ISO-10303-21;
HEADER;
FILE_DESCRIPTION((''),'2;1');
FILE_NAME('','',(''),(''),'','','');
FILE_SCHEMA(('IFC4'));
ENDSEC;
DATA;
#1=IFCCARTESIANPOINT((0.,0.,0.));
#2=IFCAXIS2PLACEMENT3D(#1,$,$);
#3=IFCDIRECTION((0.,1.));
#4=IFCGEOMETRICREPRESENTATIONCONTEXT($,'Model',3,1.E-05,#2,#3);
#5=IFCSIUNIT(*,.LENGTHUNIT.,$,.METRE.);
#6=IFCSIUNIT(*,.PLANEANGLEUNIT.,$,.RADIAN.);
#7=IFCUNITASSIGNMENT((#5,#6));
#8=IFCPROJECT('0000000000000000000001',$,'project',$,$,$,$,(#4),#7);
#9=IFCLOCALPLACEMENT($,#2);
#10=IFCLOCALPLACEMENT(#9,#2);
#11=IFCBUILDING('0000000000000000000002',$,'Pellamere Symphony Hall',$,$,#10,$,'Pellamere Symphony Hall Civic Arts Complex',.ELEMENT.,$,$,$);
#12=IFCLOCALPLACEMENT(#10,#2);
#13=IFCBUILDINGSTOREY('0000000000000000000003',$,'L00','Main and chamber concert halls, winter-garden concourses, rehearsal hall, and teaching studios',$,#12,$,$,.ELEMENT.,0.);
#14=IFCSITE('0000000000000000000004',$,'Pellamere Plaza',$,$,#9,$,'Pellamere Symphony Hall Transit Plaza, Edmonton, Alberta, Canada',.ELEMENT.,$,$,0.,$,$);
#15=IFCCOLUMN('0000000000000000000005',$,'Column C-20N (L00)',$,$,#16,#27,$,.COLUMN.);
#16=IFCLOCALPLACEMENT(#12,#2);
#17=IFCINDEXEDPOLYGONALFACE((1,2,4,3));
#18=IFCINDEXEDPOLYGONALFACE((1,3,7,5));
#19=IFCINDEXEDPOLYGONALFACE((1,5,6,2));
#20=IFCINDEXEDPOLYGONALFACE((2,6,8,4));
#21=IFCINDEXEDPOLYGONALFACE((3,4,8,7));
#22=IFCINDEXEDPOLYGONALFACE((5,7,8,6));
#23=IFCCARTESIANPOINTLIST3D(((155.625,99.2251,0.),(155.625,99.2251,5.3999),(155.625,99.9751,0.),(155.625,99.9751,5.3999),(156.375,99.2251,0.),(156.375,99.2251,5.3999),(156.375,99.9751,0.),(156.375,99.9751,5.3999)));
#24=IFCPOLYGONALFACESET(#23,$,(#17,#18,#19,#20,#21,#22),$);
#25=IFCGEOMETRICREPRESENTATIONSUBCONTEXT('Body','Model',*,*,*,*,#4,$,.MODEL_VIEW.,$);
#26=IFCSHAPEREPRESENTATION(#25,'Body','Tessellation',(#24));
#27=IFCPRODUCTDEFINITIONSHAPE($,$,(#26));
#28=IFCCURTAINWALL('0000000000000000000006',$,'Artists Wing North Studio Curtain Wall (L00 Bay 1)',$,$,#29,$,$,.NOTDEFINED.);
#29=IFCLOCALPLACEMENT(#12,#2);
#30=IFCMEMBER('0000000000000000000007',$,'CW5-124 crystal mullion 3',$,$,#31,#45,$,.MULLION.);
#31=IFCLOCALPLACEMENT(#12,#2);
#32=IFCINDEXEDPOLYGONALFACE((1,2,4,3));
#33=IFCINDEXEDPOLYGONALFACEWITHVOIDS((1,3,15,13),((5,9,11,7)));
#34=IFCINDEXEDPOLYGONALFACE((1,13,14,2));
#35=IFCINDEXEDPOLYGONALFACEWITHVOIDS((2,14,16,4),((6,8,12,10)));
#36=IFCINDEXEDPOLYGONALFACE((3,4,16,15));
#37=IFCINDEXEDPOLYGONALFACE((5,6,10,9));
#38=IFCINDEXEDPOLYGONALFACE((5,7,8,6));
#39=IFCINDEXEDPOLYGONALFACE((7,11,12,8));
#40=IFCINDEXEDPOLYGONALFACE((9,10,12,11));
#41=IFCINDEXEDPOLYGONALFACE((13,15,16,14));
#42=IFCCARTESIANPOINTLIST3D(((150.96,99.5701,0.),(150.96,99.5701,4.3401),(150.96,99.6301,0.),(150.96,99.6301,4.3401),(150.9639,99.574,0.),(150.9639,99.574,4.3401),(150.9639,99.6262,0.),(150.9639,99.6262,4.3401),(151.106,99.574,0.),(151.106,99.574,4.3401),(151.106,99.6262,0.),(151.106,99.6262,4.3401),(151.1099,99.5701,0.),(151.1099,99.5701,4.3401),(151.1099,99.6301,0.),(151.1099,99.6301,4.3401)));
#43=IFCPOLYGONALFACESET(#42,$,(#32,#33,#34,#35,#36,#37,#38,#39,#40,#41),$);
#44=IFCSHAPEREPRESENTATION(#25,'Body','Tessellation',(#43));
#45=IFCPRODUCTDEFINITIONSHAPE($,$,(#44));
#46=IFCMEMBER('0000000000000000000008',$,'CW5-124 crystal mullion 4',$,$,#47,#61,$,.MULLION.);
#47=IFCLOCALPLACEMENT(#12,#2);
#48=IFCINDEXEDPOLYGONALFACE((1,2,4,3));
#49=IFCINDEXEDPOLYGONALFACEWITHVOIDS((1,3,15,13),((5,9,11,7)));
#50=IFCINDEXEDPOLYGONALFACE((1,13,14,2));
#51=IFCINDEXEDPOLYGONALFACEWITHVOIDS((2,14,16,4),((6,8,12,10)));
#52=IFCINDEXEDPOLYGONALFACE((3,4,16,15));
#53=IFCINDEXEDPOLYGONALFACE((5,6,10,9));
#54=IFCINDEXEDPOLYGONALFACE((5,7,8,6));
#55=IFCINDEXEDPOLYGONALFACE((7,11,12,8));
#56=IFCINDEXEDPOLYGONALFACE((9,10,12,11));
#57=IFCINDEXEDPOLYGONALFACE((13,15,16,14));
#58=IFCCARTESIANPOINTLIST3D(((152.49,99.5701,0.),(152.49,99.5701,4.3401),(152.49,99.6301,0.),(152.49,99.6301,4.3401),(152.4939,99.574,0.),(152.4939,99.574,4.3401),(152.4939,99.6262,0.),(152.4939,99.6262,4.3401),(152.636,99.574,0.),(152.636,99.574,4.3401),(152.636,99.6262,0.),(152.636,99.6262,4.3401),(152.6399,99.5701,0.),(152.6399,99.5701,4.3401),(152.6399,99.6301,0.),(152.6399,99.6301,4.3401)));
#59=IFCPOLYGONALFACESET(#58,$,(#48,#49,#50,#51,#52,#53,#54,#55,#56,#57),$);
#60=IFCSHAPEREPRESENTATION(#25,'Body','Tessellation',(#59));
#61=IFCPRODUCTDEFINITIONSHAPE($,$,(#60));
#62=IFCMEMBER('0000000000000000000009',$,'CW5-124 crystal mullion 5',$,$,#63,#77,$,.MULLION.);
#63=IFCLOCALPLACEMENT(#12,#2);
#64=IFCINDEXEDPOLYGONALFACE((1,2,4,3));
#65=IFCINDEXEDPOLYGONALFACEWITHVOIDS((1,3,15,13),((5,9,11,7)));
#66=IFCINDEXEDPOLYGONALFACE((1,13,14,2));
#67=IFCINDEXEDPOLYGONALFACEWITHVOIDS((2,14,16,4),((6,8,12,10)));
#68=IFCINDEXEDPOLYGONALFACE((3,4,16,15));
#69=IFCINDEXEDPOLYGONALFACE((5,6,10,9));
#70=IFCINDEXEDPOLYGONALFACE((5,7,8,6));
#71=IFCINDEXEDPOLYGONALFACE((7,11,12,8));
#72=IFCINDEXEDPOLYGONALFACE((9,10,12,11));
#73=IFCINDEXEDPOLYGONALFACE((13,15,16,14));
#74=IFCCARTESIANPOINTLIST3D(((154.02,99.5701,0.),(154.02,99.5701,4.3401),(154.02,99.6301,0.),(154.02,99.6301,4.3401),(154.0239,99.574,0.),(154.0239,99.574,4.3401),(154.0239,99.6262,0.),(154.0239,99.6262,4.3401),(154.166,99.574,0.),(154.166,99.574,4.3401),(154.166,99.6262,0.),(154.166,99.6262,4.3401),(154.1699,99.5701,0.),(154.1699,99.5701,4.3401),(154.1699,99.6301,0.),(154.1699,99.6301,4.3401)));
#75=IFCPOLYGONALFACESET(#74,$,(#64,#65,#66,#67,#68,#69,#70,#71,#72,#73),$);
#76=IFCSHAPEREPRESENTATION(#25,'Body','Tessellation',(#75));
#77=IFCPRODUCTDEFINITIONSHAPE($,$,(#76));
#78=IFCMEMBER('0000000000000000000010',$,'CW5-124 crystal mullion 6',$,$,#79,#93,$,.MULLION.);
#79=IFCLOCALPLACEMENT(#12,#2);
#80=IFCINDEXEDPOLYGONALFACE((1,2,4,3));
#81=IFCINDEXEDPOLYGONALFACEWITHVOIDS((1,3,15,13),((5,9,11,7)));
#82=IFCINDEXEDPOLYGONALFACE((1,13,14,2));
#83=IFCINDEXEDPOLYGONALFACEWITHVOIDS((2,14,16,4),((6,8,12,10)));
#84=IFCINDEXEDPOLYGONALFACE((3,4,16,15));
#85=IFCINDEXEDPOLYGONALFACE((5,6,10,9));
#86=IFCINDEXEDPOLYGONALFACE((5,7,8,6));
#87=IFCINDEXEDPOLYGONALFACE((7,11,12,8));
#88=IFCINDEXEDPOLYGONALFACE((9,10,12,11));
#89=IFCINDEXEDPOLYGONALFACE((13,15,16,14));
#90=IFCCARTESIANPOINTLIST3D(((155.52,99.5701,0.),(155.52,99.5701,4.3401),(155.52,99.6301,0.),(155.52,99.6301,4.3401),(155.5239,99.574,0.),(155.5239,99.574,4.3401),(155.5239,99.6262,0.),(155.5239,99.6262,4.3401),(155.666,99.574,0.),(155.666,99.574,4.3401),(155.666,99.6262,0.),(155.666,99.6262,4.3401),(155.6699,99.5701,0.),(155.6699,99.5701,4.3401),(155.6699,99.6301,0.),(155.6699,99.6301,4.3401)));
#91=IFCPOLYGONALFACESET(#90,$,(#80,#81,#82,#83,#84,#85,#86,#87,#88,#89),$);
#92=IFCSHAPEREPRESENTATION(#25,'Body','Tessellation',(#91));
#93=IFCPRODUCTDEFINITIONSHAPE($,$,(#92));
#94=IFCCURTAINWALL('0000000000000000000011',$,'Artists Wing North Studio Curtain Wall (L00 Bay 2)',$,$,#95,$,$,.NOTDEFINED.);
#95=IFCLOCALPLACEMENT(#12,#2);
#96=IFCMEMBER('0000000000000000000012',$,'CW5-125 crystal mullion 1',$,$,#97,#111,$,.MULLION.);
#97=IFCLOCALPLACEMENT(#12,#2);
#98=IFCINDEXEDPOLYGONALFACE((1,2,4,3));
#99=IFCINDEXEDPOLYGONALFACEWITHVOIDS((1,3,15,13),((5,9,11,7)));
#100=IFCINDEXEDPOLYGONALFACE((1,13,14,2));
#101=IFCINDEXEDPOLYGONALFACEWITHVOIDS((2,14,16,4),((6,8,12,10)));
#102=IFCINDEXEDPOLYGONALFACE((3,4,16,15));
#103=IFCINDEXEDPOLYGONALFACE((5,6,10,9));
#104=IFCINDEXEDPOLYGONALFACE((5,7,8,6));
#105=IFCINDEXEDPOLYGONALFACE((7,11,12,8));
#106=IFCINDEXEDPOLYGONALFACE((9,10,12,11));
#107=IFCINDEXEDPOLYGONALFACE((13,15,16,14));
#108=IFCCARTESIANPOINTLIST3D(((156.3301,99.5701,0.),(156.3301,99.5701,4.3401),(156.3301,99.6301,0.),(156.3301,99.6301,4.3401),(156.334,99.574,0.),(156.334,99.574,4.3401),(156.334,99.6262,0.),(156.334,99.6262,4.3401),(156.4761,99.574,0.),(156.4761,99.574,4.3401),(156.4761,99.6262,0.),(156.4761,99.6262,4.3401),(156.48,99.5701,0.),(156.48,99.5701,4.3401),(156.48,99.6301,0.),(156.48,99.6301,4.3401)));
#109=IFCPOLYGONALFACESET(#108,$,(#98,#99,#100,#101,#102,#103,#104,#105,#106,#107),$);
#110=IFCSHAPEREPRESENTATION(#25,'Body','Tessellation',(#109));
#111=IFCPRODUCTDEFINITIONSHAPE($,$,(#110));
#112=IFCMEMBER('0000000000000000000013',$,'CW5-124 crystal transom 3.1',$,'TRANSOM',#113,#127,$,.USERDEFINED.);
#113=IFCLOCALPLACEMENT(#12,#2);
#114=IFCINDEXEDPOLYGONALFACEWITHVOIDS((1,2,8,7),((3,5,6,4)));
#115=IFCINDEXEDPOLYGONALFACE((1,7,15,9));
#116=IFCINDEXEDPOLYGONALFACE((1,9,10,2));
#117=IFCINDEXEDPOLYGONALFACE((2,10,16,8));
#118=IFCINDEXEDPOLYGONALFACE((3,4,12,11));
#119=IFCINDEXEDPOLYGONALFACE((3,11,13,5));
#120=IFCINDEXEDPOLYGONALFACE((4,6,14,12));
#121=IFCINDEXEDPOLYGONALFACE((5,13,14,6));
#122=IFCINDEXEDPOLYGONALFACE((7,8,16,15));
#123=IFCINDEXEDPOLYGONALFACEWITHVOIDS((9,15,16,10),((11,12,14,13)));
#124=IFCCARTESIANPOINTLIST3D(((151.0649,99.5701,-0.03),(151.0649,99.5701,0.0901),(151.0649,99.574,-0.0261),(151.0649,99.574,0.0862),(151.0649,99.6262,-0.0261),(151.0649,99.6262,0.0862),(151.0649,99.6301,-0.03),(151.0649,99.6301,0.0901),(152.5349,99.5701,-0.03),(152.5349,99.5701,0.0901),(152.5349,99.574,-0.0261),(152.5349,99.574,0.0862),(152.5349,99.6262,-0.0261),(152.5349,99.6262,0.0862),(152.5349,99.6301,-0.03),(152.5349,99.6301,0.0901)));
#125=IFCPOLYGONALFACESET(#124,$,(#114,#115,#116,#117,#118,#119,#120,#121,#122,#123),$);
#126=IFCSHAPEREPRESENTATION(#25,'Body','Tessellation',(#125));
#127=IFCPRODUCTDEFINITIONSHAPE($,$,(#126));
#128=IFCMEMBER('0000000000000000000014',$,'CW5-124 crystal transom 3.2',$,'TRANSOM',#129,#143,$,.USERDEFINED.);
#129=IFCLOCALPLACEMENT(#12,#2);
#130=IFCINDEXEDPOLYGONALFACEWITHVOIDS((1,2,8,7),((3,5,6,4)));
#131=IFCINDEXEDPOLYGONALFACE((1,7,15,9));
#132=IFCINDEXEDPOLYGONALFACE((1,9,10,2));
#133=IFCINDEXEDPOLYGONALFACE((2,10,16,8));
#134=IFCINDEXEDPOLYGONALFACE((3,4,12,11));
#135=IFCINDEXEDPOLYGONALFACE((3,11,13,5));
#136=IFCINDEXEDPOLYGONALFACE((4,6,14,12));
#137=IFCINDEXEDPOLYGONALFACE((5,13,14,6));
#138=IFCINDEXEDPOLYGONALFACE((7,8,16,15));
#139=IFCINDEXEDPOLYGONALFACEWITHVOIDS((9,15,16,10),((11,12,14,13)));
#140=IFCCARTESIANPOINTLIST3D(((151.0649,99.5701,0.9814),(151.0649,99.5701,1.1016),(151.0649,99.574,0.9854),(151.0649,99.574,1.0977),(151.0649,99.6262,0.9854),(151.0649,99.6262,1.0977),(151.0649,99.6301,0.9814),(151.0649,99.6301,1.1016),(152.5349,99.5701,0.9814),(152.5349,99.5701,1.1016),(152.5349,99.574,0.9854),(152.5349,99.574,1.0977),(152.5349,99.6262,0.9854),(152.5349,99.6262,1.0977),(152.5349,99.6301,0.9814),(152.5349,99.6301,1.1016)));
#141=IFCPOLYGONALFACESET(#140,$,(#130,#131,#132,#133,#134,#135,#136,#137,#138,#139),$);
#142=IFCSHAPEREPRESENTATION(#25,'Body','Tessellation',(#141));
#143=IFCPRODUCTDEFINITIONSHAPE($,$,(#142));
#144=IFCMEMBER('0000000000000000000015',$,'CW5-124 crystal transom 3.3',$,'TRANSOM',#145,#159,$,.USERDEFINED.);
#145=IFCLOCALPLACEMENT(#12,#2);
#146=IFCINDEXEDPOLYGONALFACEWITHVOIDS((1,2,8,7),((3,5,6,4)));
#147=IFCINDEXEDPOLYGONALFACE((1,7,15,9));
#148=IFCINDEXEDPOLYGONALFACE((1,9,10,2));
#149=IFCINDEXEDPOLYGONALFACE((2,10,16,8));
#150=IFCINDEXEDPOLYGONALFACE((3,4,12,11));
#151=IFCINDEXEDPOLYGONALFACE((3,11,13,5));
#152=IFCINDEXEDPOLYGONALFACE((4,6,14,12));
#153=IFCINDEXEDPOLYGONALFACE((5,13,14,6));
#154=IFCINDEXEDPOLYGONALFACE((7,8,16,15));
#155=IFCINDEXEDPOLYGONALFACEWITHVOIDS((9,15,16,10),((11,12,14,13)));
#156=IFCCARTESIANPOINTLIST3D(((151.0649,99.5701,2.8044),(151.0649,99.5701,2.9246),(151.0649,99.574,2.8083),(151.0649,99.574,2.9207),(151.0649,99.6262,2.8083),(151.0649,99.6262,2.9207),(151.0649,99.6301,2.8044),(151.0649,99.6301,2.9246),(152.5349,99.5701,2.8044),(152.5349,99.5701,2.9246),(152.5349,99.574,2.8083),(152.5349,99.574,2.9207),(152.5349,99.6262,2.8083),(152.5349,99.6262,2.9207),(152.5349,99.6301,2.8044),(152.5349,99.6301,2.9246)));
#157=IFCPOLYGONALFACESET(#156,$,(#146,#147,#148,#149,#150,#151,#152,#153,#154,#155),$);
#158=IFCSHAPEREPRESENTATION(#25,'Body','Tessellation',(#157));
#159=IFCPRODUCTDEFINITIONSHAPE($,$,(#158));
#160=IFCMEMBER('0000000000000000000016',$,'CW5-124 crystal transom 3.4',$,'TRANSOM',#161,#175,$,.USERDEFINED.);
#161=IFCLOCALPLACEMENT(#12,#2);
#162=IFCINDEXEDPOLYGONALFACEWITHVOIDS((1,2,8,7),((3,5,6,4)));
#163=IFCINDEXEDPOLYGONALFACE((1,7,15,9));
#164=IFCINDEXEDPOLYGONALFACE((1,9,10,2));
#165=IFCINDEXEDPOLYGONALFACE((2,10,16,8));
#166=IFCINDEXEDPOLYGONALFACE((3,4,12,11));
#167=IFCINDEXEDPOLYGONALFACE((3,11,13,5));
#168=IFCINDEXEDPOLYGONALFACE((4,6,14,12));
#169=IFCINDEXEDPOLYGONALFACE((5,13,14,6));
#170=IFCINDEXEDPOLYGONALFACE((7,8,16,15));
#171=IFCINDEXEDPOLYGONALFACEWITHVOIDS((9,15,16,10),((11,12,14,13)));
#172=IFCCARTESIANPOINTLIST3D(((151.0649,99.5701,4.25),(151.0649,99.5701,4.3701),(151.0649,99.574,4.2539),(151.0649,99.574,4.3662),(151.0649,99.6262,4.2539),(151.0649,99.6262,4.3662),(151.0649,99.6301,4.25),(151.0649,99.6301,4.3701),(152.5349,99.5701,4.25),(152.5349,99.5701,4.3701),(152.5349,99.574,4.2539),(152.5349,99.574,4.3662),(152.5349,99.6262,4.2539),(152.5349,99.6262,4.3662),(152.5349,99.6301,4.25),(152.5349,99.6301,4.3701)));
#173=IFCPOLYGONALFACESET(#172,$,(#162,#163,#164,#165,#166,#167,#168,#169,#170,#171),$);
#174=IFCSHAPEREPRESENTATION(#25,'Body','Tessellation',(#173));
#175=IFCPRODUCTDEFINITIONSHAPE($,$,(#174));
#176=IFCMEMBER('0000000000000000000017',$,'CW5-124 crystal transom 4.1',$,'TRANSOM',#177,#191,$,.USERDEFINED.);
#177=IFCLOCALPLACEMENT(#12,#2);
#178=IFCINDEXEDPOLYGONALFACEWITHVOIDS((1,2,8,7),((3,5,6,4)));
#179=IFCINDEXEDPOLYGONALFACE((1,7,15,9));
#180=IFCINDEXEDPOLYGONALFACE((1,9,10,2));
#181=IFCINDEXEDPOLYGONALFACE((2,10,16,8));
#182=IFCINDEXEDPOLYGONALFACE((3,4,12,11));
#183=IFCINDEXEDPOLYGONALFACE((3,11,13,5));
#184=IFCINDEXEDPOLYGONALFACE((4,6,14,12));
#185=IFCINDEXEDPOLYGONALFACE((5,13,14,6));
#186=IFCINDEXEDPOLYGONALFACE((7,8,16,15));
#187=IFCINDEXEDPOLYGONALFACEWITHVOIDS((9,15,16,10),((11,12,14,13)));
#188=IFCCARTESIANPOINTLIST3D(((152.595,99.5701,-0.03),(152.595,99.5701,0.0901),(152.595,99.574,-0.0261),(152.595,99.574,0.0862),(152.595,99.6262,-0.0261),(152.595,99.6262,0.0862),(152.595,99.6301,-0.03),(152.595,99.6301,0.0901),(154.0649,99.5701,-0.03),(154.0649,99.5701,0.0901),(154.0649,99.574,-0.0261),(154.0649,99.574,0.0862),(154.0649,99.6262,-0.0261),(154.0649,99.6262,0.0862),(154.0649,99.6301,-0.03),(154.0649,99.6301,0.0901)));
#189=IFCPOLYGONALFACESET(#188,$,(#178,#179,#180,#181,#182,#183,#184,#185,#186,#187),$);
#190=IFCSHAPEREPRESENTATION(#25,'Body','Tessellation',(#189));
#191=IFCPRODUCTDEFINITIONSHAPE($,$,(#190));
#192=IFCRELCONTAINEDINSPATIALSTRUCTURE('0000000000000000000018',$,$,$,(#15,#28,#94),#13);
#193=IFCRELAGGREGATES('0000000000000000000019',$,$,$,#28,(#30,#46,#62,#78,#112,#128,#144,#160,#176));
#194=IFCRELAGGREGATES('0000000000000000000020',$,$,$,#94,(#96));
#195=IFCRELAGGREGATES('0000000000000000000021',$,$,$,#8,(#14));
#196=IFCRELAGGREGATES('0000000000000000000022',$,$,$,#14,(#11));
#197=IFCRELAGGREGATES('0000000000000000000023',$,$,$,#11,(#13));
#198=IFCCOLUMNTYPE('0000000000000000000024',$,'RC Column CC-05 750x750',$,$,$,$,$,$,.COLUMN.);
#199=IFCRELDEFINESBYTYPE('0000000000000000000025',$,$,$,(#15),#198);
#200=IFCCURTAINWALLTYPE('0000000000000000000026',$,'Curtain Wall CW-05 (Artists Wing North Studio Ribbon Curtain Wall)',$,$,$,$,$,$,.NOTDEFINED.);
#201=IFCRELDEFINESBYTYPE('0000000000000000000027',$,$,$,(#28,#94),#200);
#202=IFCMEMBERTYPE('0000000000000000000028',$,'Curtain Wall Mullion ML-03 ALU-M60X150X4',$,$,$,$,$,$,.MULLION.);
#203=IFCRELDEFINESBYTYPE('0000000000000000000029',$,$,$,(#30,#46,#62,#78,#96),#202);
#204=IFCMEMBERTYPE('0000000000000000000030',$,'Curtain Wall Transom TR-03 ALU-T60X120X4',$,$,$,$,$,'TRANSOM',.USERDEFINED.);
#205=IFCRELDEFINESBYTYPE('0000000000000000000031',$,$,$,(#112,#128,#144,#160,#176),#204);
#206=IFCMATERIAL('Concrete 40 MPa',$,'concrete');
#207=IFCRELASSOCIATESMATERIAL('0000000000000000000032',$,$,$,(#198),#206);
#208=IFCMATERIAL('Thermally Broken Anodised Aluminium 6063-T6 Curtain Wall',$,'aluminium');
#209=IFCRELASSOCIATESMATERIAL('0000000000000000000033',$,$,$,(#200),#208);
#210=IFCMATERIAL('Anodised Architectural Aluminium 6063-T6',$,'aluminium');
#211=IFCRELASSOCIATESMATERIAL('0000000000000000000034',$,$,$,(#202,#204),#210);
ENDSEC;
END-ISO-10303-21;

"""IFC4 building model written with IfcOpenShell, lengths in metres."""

from ifc_helpers import new_model, si_unit, direction, frame, origin, origin_2d, place, context, subcontext, project, spatial, rectangle, hollow_rectangle, extrude, material, material_profile, profile_set, type_object, element, aggregate, save


model = new_model("IFC4")

# Units and contexts
model_context = context("Model", 3, precision=1e-05, world=origin(), true_north=direction((0.0, 1.0)))
body_context = subcontext(model_context, "Body", "Model", "MODEL_VIEW")
ifc_project = project(units=[si_unit("LENGTHUNIT", "METRE"), si_unit("PLANEANGLEUNIT", "RADIAN")], contexts=[model_context])

# Site, building, storey
site_placement = place(None, origin())
site = spatial("IfcSite", under=ifc_project, at=site_placement, Name="Pellamere Plaza", LongName="Pellamere Symphony Hall Transit Plaza, Edmonton, Alberta, Canada", CompositionType="ELEMENT", RefElevation=0.0)
building_placement = place(site_placement, origin())
building = spatial("IfcBuilding", under=site, at=building_placement, Name="Pellamere Symphony Hall", LongName="Pellamere Symphony Hall Civic Arts Complex", CompositionType="ELEMENT")
storey_placement = place(building_placement, origin())
storey = spatial("IfcBuildingStorey", under=building, at=storey_placement, Name="L00", Description="Main and chamber concert halls, winter-garden concourses, rehearsal hall, and teaching studios", CompositionType="ELEMENT", Elevation=0.0)

# Column
ifc_material_1 = material(Name="Concrete 40 MPa", Category="concrete")
ifc_material_profile_1 = material_profile(ifc_material_1, rectangle(XDim=0.75, YDim=0.75, at=origin_2d()), Name="RC 750x750")
ifc_profile_set_1 = profile_set([ifc_material_profile_1], Name="Concrete 40 MPa")
column_type = type_object("IfcColumnType", Name="RC Column CC-05 750x750", PredefinedType="COLUMN", material=ifc_profile_set_1)
column_placement = place(storey_placement, frame((156.0, 99.6001, 0.0), z_axis=(0.0, 0.0, 1.0), x_axis=(1.0, 0.0, 0.0)))
element("IfcColumn", 1, at=column_placement, inside=storey, type_object=column_type, Name="Column C-20N (L00)", PredefinedType="COLUMN", context=body_context, shape_type="SweptSolid", body=[
    extrude(rectangle(XDim=0.75, YDim=0.75, at=origin_2d()), origin(), (0.0, 0.0, 1.0), 5.3999),
])

# Curtain wall, members
ifc_material_2 = material(Name="Thermally Broken Anodised Aluminium 6063-T6 Curtain Wall", Category="aluminium")
curtain_wall_type = type_object("IfcCurtainWallType", Name="Curtain Wall CW-05 (Artists Wing North Studio Ribbon Curtain Wall)", PredefinedType="NOTDEFINED", material=ifc_material_2)
curtain_wall_1_placement = place(storey_placement, origin())
curtain_wall_1 = element("IfcCurtainWall", 2, at=curtain_wall_1_placement, inside=storey, type_object=curtain_wall_type, Name="Artists Wing North Studio Curtain Wall (L00 Bay 1)", PredefinedType="NOTDEFINED")
ifc_material_3 = material(Name="Anodised Architectural Aluminium 6063-T6", Category="aluminium")
ifc_material_profile_2 = material_profile(ifc_material_3, hollow_rectangle(XDim=0.0601, YDim=0.1499, WallThickness=0.0039, at=origin_2d()), Name="ALU-M60X150X4")
ifc_profile_set_2 = profile_set([ifc_material_profile_2], Name="Anodised Architectural Aluminium 6063-T6")
member_type_1 = type_object("IfcMemberType", Name="Curtain Wall Mullion ML-03 ALU-M60X150X4", PredefinedType="MULLION", material=ifc_profile_set_2)
member_1_placement = place(storey_placement, frame((151.0349, 99.6001, 0.0), z_axis=(0.0, 0.0, 1.0), x_axis=(0.0, 1.0, 0.0)))
member_1 = element("IfcMember", 3, at=member_1_placement, type_object=member_type_1, Name="CW5-124 crystal mullion 3", PredefinedType="MULLION", context=body_context, shape_type="SweptSolid", body=[
    extrude(hollow_rectangle(XDim=0.0601, YDim=0.1499, WallThickness=0.0039, at=origin_2d()), origin(), (0.0, 0.0, 1.0), 4.3401),
])
member_2_placement = place(storey_placement, frame((152.5649, 99.6001, 0.0), z_axis=(0.0, 0.0, 1.0), x_axis=(0.0, 1.0, 0.0)))
member_2 = element("IfcMember", 4, at=member_2_placement, type_object=member_type_1, Name="CW5-124 crystal mullion 4", PredefinedType="MULLION", context=body_context, shape_type="SweptSolid", body=[
    extrude(hollow_rectangle(XDim=0.0601, YDim=0.1499, WallThickness=0.0039, at=origin_2d()), origin(), (0.0, 0.0, 1.0), 4.3401),
])
member_3_placement = place(storey_placement, frame((154.095, 99.6001, 0.0), z_axis=(0.0, 0.0, 1.0), x_axis=(0.0, 1.0, 0.0)))
member_3 = element("IfcMember", 5, at=member_3_placement, type_object=member_type_1, Name="CW5-124 crystal mullion 5", PredefinedType="MULLION", context=body_context, shape_type="SweptSolid", body=[
    extrude(hollow_rectangle(XDim=0.0601, YDim=0.1499, WallThickness=0.0039, at=origin_2d()), origin(), (0.0, 0.0, 1.0), 4.3401),
])
member_4_placement = place(storey_placement, frame((155.595, 99.6001, 0.0), z_axis=(0.0, 0.0, 1.0), x_axis=(0.0, 1.0, 0.0)))
member_4 = element("IfcMember", 6, at=member_4_placement, type_object=member_type_1, Name="CW5-124 crystal mullion 6", PredefinedType="MULLION", context=body_context, shape_type="SweptSolid", body=[
    extrude(hollow_rectangle(XDim=0.0601, YDim=0.1499, WallThickness=0.0039, at=origin_2d()), origin(), (0.0, 0.0, 1.0), 4.3401),
])

# Curtain wall, member
curtain_wall_2_placement = place(storey_placement, origin())
curtain_wall_2 = element("IfcCurtainWall", 7, at=curtain_wall_2_placement, inside=storey, type_object=curtain_wall_type, Name="Artists Wing North Studio Curtain Wall (L00 Bay 2)", PredefinedType="NOTDEFINED")
member_5_placement = place(storey_placement, frame((156.405, 99.6001, 0.0), z_axis=(0.0, 0.0, 1.0), x_axis=(0.0, 1.0, 0.0)))
member_5 = element("IfcMember", 8, at=member_5_placement, type_object=member_type_1, Name="CW5-125 crystal mullion 1", PredefinedType="MULLION", context=body_context, shape_type="SweptSolid", body=[
    extrude(hollow_rectangle(XDim=0.0601, YDim=0.1499, WallThickness=0.0039, at=origin_2d()), origin(), (0.0, 0.0, 1.0), 4.3401),
])

# Members
ifc_material_profile_3 = material_profile(ifc_material_3, hollow_rectangle(XDim=0.0601, YDim=0.1201, WallThickness=0.0039, at=origin_2d()), Name="ALU-T60X120X4")
ifc_profile_set_3 = profile_set([ifc_material_profile_3], Name="Anodised Architectural Aluminium 6063-T6")
member_type_2 = type_object("IfcMemberType", Name="Curtain Wall Transom TR-03 ALU-T60X120X4", ElementType="TRANSOM", PredefinedType="USERDEFINED", material=ifc_profile_set_3)
member_6_placement = place(storey_placement, frame((151.0649, 99.6001, 0.03), z_axis=(1.0, 0.0, 0.0), x_axis=(0.0, 1.0, 0.0)))
member_6 = element("IfcMember", 9, at=member_6_placement, type_object=member_type_2, Name="CW5-124 crystal transom 3.1", ObjectType="TRANSOM", PredefinedType="USERDEFINED", context=body_context, shape_type="SweptSolid", body=[
    extrude(hollow_rectangle(XDim=0.0601, YDim=0.1201, WallThickness=0.0039, at=origin_2d()), origin(), (0.0, 0.0, 1.0), 1.47),
])
member_7_placement = place(storey_placement, frame((151.0649, 99.6001, 1.0415), z_axis=(1.0, 0.0, 0.0), x_axis=(0.0, 1.0, 0.0)))
member_7 = element("IfcMember", 10, at=member_7_placement, type_object=member_type_2, Name="CW5-124 crystal transom 3.2", ObjectType="TRANSOM", PredefinedType="USERDEFINED", context=body_context, shape_type="SweptSolid", body=[
    extrude(hollow_rectangle(XDim=0.0601, YDim=0.1201, WallThickness=0.0039, at=origin_2d()), origin(), (0.0, 0.0, 1.0), 1.47),
])
member_8_placement = place(storey_placement, frame((151.0649, 99.6001, 2.8645), z_axis=(1.0, 0.0, 0.0), x_axis=(0.0, 1.0, 0.0)))
member_8 = element("IfcMember", 11, at=member_8_placement, type_object=member_type_2, Name="CW5-124 crystal transom 3.3", ObjectType="TRANSOM", PredefinedType="USERDEFINED", context=body_context, shape_type="SweptSolid", body=[
    extrude(hollow_rectangle(XDim=0.0601, YDim=0.1201, WallThickness=0.0039, at=origin_2d()), origin(), (0.0, 0.0, 1.0), 1.47),
])
member_9_placement = place(storey_placement, frame((151.0649, 99.6001, 4.3101), z_axis=(1.0, 0.0, 0.0), x_axis=(0.0, 1.0, 0.0)))
member_9 = element("IfcMember", 12, at=member_9_placement, type_object=member_type_2, Name="CW5-124 crystal transom 3.4", ObjectType="TRANSOM", PredefinedType="USERDEFINED", context=body_context, shape_type="SweptSolid", body=[
    extrude(hollow_rectangle(XDim=0.0601, YDim=0.1201, WallThickness=0.0039, at=origin_2d()), origin(), (0.0, 0.0, 1.0), 1.47),
])
member_10_placement = place(storey_placement, frame((152.595, 99.6001, 0.03), z_axis=(1.0, 0.0, 0.0), x_axis=(0.0, 1.0, 0.0)))
member_10 = element("IfcMember", 13, at=member_10_placement, type_object=member_type_2, Name="CW5-124 crystal transom 4.1", ObjectType="TRANSOM", PredefinedType="USERDEFINED", context=body_context, shape_type="SweptSolid", body=[
    extrude(hollow_rectangle(XDim=0.0601, YDim=0.1201, WallThickness=0.0039, at=origin_2d()), origin(), (0.0, 0.0, 1.0), 1.47),
])

aggregate(curtain_wall_1, [member_1, member_2, member_3, member_4, member_6, member_7, member_8, member_9, member_10])
aggregate(curtain_wall_2, [member_5])

save(model, "model.ifc")
